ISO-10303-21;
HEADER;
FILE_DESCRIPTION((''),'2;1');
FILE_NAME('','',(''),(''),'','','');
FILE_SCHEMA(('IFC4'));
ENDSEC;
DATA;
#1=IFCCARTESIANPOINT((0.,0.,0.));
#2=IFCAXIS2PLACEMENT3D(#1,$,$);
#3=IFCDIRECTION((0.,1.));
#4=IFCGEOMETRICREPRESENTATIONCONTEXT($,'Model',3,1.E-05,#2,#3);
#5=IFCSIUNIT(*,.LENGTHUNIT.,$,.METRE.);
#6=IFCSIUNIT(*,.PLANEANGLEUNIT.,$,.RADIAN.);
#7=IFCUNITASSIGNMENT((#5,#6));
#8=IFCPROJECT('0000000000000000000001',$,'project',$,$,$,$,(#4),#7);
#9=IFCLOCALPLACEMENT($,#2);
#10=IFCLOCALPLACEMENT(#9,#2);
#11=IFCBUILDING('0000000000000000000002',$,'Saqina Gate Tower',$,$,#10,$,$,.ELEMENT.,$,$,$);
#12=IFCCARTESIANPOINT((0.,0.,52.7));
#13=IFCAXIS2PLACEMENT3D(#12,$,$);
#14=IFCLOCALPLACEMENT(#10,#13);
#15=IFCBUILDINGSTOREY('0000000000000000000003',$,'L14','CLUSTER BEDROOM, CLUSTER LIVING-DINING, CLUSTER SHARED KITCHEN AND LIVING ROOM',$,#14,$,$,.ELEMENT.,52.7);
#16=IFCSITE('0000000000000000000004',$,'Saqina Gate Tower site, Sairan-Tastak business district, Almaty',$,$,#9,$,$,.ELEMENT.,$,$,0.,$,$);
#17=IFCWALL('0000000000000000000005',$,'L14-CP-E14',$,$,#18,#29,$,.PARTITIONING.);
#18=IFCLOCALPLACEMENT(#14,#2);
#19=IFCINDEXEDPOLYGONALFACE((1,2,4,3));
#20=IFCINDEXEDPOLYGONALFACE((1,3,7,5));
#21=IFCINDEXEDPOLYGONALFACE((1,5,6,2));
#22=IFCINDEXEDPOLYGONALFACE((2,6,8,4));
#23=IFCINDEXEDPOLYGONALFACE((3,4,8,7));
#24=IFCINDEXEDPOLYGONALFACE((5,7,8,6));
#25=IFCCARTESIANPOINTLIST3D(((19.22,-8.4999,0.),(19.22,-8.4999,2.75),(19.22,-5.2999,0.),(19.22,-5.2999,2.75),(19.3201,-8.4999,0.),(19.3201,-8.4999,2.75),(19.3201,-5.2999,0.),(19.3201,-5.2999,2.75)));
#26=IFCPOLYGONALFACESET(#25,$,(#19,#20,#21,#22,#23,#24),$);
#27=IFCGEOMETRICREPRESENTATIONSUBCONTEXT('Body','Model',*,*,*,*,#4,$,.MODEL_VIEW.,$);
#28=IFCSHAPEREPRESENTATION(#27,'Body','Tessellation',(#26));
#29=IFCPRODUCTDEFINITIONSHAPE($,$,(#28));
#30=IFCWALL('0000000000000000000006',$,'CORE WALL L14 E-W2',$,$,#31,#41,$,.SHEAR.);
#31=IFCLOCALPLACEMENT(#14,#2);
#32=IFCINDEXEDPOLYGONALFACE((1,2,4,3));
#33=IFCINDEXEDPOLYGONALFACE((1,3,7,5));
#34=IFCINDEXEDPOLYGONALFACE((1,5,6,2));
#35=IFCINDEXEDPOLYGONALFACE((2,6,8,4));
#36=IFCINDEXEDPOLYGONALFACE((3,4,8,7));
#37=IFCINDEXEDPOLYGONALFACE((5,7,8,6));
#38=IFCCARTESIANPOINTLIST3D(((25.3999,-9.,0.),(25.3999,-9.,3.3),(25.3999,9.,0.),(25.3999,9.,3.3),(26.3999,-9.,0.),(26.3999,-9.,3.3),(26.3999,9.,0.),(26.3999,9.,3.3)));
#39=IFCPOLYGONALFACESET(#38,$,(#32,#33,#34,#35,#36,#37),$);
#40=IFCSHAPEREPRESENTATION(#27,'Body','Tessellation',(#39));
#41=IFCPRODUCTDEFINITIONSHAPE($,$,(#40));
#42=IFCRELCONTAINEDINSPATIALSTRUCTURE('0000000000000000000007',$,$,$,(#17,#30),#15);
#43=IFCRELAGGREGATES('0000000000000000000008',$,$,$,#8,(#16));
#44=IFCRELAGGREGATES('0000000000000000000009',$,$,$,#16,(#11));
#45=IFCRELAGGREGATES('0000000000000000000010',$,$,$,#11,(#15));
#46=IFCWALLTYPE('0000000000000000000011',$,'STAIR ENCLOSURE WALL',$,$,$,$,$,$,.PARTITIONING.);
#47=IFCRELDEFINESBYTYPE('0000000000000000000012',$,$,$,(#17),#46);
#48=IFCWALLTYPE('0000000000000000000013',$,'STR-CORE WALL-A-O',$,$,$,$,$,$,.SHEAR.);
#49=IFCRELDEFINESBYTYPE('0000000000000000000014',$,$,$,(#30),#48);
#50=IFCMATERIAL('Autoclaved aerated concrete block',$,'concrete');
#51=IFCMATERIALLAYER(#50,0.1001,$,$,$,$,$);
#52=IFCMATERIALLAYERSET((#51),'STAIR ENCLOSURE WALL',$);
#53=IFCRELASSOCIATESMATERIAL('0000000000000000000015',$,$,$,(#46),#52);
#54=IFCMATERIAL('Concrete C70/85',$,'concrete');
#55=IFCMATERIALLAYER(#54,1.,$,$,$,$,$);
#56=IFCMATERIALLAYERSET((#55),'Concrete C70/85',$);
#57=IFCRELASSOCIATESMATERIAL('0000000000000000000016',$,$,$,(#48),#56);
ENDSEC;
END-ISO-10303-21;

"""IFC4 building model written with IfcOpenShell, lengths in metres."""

from ifc_helpers import new_model, si_unit, direction, frame, frame_2d, origin, place, context, subcontext, project, spatial, rectangle, extrude, material, layer, layer_set, type_object, element, save


model = new_model("IFC4")

# Units and contexts
model_context = context("Model", 3, precision=1e-05, world=origin(), true_north=direction((0.0, 1.0)))
body_context = subcontext(model_context, "Body", "Model", "MODEL_VIEW")
ifc_project = project(units=[si_unit("LENGTHUNIT", "METRE"), si_unit("PLANEANGLEUNIT", "RADIAN")], contexts=[model_context])

# Site, building, storey
site_placement = place(None, origin())
site = spatial("IfcSite", under=ifc_project, at=site_placement, Name="Saqina Gate Tower site, Sairan-Tastak business district, Almaty", CompositionType="ELEMENT", RefElevation=0.0)
building_placement = place(site_placement, origin())
building = spatial("IfcBuilding", under=site, at=building_placement, Name="Saqina Gate Tower", CompositionType="ELEMENT")
storey_placement = place(building_placement, frame((0.0, 0.0, 52.7)))
storey = spatial("IfcBuildingStorey", under=building, at=storey_placement, Name="L14", Description="CLUSTER BEDROOM, CLUSTER LIVING-DINING, CLUSTER SHARED KITCHEN AND LIVING ROOM", CompositionType="ELEMENT", Elevation=52.7)

# Walls
ifc_material_1 = material(Name="Autoclaved aerated concrete block", Category="concrete")
ifc_layer_1 = layer(ifc_material_1, 0.1001)
ifc_layer_set_1 = layer_set([ifc_layer_1], Name="STAIR ENCLOSURE WALL")
wall_type_1 = type_object("IfcWallType", Name="STAIR ENCLOSURE WALL", PredefinedType="PARTITIONING", material=ifc_layer_set_1)
wall_1_placement = place(storey_placement, frame((19.27, -8.5, 0.0), z_axis=(0.0, 0.0, 1.0), x_axis=(0.0, 1.0, 0.0)))
element("IfcWall", 1, at=wall_1_placement, inside=storey, type_object=wall_type_1, Name="L14-CP-E14", PredefinedType="PARTITIONING", context=body_context, shape_type="SweptSolid", body=[
    extrude(rectangle(XDim=3.2, YDim=0.1001, at=frame_2d((1.6001, 0.0))), origin(), (0.0, 0.0, 1.0), 2.75),
])
ifc_material_2 = material(Name="Concrete C70/85", Category="concrete")
ifc_layer_2 = layer(ifc_material_2, 1.0)
ifc_layer_set_2 = layer_set([ifc_layer_2], Name="Concrete C70/85")
wall_type_2 = type_object("IfcWallType", Name="STR-CORE WALL-A-O", PredefinedType="SHEAR", material=ifc_layer_set_2)
wall_2_placement = place(storey_placement, frame((25.8999, -9.0, 0.0), z_axis=(0.0, 0.0, 1.0), x_axis=(0.0, 1.0, 0.0)))
element("IfcWall", 2, at=wall_2_placement, inside=storey, type_object=wall_type_2, Name="CORE WALL L14 E-W2", PredefinedType="SHEAR", context=body_context, shape_type="SweptSolid", body=[
    extrude(rectangle(XDim=18.0, YDim=1.0, at=frame_2d((9.0, 0.0))), origin(), (0.0, 0.0, 1.0), 3.3),
])

save(model, "model.ifc")
